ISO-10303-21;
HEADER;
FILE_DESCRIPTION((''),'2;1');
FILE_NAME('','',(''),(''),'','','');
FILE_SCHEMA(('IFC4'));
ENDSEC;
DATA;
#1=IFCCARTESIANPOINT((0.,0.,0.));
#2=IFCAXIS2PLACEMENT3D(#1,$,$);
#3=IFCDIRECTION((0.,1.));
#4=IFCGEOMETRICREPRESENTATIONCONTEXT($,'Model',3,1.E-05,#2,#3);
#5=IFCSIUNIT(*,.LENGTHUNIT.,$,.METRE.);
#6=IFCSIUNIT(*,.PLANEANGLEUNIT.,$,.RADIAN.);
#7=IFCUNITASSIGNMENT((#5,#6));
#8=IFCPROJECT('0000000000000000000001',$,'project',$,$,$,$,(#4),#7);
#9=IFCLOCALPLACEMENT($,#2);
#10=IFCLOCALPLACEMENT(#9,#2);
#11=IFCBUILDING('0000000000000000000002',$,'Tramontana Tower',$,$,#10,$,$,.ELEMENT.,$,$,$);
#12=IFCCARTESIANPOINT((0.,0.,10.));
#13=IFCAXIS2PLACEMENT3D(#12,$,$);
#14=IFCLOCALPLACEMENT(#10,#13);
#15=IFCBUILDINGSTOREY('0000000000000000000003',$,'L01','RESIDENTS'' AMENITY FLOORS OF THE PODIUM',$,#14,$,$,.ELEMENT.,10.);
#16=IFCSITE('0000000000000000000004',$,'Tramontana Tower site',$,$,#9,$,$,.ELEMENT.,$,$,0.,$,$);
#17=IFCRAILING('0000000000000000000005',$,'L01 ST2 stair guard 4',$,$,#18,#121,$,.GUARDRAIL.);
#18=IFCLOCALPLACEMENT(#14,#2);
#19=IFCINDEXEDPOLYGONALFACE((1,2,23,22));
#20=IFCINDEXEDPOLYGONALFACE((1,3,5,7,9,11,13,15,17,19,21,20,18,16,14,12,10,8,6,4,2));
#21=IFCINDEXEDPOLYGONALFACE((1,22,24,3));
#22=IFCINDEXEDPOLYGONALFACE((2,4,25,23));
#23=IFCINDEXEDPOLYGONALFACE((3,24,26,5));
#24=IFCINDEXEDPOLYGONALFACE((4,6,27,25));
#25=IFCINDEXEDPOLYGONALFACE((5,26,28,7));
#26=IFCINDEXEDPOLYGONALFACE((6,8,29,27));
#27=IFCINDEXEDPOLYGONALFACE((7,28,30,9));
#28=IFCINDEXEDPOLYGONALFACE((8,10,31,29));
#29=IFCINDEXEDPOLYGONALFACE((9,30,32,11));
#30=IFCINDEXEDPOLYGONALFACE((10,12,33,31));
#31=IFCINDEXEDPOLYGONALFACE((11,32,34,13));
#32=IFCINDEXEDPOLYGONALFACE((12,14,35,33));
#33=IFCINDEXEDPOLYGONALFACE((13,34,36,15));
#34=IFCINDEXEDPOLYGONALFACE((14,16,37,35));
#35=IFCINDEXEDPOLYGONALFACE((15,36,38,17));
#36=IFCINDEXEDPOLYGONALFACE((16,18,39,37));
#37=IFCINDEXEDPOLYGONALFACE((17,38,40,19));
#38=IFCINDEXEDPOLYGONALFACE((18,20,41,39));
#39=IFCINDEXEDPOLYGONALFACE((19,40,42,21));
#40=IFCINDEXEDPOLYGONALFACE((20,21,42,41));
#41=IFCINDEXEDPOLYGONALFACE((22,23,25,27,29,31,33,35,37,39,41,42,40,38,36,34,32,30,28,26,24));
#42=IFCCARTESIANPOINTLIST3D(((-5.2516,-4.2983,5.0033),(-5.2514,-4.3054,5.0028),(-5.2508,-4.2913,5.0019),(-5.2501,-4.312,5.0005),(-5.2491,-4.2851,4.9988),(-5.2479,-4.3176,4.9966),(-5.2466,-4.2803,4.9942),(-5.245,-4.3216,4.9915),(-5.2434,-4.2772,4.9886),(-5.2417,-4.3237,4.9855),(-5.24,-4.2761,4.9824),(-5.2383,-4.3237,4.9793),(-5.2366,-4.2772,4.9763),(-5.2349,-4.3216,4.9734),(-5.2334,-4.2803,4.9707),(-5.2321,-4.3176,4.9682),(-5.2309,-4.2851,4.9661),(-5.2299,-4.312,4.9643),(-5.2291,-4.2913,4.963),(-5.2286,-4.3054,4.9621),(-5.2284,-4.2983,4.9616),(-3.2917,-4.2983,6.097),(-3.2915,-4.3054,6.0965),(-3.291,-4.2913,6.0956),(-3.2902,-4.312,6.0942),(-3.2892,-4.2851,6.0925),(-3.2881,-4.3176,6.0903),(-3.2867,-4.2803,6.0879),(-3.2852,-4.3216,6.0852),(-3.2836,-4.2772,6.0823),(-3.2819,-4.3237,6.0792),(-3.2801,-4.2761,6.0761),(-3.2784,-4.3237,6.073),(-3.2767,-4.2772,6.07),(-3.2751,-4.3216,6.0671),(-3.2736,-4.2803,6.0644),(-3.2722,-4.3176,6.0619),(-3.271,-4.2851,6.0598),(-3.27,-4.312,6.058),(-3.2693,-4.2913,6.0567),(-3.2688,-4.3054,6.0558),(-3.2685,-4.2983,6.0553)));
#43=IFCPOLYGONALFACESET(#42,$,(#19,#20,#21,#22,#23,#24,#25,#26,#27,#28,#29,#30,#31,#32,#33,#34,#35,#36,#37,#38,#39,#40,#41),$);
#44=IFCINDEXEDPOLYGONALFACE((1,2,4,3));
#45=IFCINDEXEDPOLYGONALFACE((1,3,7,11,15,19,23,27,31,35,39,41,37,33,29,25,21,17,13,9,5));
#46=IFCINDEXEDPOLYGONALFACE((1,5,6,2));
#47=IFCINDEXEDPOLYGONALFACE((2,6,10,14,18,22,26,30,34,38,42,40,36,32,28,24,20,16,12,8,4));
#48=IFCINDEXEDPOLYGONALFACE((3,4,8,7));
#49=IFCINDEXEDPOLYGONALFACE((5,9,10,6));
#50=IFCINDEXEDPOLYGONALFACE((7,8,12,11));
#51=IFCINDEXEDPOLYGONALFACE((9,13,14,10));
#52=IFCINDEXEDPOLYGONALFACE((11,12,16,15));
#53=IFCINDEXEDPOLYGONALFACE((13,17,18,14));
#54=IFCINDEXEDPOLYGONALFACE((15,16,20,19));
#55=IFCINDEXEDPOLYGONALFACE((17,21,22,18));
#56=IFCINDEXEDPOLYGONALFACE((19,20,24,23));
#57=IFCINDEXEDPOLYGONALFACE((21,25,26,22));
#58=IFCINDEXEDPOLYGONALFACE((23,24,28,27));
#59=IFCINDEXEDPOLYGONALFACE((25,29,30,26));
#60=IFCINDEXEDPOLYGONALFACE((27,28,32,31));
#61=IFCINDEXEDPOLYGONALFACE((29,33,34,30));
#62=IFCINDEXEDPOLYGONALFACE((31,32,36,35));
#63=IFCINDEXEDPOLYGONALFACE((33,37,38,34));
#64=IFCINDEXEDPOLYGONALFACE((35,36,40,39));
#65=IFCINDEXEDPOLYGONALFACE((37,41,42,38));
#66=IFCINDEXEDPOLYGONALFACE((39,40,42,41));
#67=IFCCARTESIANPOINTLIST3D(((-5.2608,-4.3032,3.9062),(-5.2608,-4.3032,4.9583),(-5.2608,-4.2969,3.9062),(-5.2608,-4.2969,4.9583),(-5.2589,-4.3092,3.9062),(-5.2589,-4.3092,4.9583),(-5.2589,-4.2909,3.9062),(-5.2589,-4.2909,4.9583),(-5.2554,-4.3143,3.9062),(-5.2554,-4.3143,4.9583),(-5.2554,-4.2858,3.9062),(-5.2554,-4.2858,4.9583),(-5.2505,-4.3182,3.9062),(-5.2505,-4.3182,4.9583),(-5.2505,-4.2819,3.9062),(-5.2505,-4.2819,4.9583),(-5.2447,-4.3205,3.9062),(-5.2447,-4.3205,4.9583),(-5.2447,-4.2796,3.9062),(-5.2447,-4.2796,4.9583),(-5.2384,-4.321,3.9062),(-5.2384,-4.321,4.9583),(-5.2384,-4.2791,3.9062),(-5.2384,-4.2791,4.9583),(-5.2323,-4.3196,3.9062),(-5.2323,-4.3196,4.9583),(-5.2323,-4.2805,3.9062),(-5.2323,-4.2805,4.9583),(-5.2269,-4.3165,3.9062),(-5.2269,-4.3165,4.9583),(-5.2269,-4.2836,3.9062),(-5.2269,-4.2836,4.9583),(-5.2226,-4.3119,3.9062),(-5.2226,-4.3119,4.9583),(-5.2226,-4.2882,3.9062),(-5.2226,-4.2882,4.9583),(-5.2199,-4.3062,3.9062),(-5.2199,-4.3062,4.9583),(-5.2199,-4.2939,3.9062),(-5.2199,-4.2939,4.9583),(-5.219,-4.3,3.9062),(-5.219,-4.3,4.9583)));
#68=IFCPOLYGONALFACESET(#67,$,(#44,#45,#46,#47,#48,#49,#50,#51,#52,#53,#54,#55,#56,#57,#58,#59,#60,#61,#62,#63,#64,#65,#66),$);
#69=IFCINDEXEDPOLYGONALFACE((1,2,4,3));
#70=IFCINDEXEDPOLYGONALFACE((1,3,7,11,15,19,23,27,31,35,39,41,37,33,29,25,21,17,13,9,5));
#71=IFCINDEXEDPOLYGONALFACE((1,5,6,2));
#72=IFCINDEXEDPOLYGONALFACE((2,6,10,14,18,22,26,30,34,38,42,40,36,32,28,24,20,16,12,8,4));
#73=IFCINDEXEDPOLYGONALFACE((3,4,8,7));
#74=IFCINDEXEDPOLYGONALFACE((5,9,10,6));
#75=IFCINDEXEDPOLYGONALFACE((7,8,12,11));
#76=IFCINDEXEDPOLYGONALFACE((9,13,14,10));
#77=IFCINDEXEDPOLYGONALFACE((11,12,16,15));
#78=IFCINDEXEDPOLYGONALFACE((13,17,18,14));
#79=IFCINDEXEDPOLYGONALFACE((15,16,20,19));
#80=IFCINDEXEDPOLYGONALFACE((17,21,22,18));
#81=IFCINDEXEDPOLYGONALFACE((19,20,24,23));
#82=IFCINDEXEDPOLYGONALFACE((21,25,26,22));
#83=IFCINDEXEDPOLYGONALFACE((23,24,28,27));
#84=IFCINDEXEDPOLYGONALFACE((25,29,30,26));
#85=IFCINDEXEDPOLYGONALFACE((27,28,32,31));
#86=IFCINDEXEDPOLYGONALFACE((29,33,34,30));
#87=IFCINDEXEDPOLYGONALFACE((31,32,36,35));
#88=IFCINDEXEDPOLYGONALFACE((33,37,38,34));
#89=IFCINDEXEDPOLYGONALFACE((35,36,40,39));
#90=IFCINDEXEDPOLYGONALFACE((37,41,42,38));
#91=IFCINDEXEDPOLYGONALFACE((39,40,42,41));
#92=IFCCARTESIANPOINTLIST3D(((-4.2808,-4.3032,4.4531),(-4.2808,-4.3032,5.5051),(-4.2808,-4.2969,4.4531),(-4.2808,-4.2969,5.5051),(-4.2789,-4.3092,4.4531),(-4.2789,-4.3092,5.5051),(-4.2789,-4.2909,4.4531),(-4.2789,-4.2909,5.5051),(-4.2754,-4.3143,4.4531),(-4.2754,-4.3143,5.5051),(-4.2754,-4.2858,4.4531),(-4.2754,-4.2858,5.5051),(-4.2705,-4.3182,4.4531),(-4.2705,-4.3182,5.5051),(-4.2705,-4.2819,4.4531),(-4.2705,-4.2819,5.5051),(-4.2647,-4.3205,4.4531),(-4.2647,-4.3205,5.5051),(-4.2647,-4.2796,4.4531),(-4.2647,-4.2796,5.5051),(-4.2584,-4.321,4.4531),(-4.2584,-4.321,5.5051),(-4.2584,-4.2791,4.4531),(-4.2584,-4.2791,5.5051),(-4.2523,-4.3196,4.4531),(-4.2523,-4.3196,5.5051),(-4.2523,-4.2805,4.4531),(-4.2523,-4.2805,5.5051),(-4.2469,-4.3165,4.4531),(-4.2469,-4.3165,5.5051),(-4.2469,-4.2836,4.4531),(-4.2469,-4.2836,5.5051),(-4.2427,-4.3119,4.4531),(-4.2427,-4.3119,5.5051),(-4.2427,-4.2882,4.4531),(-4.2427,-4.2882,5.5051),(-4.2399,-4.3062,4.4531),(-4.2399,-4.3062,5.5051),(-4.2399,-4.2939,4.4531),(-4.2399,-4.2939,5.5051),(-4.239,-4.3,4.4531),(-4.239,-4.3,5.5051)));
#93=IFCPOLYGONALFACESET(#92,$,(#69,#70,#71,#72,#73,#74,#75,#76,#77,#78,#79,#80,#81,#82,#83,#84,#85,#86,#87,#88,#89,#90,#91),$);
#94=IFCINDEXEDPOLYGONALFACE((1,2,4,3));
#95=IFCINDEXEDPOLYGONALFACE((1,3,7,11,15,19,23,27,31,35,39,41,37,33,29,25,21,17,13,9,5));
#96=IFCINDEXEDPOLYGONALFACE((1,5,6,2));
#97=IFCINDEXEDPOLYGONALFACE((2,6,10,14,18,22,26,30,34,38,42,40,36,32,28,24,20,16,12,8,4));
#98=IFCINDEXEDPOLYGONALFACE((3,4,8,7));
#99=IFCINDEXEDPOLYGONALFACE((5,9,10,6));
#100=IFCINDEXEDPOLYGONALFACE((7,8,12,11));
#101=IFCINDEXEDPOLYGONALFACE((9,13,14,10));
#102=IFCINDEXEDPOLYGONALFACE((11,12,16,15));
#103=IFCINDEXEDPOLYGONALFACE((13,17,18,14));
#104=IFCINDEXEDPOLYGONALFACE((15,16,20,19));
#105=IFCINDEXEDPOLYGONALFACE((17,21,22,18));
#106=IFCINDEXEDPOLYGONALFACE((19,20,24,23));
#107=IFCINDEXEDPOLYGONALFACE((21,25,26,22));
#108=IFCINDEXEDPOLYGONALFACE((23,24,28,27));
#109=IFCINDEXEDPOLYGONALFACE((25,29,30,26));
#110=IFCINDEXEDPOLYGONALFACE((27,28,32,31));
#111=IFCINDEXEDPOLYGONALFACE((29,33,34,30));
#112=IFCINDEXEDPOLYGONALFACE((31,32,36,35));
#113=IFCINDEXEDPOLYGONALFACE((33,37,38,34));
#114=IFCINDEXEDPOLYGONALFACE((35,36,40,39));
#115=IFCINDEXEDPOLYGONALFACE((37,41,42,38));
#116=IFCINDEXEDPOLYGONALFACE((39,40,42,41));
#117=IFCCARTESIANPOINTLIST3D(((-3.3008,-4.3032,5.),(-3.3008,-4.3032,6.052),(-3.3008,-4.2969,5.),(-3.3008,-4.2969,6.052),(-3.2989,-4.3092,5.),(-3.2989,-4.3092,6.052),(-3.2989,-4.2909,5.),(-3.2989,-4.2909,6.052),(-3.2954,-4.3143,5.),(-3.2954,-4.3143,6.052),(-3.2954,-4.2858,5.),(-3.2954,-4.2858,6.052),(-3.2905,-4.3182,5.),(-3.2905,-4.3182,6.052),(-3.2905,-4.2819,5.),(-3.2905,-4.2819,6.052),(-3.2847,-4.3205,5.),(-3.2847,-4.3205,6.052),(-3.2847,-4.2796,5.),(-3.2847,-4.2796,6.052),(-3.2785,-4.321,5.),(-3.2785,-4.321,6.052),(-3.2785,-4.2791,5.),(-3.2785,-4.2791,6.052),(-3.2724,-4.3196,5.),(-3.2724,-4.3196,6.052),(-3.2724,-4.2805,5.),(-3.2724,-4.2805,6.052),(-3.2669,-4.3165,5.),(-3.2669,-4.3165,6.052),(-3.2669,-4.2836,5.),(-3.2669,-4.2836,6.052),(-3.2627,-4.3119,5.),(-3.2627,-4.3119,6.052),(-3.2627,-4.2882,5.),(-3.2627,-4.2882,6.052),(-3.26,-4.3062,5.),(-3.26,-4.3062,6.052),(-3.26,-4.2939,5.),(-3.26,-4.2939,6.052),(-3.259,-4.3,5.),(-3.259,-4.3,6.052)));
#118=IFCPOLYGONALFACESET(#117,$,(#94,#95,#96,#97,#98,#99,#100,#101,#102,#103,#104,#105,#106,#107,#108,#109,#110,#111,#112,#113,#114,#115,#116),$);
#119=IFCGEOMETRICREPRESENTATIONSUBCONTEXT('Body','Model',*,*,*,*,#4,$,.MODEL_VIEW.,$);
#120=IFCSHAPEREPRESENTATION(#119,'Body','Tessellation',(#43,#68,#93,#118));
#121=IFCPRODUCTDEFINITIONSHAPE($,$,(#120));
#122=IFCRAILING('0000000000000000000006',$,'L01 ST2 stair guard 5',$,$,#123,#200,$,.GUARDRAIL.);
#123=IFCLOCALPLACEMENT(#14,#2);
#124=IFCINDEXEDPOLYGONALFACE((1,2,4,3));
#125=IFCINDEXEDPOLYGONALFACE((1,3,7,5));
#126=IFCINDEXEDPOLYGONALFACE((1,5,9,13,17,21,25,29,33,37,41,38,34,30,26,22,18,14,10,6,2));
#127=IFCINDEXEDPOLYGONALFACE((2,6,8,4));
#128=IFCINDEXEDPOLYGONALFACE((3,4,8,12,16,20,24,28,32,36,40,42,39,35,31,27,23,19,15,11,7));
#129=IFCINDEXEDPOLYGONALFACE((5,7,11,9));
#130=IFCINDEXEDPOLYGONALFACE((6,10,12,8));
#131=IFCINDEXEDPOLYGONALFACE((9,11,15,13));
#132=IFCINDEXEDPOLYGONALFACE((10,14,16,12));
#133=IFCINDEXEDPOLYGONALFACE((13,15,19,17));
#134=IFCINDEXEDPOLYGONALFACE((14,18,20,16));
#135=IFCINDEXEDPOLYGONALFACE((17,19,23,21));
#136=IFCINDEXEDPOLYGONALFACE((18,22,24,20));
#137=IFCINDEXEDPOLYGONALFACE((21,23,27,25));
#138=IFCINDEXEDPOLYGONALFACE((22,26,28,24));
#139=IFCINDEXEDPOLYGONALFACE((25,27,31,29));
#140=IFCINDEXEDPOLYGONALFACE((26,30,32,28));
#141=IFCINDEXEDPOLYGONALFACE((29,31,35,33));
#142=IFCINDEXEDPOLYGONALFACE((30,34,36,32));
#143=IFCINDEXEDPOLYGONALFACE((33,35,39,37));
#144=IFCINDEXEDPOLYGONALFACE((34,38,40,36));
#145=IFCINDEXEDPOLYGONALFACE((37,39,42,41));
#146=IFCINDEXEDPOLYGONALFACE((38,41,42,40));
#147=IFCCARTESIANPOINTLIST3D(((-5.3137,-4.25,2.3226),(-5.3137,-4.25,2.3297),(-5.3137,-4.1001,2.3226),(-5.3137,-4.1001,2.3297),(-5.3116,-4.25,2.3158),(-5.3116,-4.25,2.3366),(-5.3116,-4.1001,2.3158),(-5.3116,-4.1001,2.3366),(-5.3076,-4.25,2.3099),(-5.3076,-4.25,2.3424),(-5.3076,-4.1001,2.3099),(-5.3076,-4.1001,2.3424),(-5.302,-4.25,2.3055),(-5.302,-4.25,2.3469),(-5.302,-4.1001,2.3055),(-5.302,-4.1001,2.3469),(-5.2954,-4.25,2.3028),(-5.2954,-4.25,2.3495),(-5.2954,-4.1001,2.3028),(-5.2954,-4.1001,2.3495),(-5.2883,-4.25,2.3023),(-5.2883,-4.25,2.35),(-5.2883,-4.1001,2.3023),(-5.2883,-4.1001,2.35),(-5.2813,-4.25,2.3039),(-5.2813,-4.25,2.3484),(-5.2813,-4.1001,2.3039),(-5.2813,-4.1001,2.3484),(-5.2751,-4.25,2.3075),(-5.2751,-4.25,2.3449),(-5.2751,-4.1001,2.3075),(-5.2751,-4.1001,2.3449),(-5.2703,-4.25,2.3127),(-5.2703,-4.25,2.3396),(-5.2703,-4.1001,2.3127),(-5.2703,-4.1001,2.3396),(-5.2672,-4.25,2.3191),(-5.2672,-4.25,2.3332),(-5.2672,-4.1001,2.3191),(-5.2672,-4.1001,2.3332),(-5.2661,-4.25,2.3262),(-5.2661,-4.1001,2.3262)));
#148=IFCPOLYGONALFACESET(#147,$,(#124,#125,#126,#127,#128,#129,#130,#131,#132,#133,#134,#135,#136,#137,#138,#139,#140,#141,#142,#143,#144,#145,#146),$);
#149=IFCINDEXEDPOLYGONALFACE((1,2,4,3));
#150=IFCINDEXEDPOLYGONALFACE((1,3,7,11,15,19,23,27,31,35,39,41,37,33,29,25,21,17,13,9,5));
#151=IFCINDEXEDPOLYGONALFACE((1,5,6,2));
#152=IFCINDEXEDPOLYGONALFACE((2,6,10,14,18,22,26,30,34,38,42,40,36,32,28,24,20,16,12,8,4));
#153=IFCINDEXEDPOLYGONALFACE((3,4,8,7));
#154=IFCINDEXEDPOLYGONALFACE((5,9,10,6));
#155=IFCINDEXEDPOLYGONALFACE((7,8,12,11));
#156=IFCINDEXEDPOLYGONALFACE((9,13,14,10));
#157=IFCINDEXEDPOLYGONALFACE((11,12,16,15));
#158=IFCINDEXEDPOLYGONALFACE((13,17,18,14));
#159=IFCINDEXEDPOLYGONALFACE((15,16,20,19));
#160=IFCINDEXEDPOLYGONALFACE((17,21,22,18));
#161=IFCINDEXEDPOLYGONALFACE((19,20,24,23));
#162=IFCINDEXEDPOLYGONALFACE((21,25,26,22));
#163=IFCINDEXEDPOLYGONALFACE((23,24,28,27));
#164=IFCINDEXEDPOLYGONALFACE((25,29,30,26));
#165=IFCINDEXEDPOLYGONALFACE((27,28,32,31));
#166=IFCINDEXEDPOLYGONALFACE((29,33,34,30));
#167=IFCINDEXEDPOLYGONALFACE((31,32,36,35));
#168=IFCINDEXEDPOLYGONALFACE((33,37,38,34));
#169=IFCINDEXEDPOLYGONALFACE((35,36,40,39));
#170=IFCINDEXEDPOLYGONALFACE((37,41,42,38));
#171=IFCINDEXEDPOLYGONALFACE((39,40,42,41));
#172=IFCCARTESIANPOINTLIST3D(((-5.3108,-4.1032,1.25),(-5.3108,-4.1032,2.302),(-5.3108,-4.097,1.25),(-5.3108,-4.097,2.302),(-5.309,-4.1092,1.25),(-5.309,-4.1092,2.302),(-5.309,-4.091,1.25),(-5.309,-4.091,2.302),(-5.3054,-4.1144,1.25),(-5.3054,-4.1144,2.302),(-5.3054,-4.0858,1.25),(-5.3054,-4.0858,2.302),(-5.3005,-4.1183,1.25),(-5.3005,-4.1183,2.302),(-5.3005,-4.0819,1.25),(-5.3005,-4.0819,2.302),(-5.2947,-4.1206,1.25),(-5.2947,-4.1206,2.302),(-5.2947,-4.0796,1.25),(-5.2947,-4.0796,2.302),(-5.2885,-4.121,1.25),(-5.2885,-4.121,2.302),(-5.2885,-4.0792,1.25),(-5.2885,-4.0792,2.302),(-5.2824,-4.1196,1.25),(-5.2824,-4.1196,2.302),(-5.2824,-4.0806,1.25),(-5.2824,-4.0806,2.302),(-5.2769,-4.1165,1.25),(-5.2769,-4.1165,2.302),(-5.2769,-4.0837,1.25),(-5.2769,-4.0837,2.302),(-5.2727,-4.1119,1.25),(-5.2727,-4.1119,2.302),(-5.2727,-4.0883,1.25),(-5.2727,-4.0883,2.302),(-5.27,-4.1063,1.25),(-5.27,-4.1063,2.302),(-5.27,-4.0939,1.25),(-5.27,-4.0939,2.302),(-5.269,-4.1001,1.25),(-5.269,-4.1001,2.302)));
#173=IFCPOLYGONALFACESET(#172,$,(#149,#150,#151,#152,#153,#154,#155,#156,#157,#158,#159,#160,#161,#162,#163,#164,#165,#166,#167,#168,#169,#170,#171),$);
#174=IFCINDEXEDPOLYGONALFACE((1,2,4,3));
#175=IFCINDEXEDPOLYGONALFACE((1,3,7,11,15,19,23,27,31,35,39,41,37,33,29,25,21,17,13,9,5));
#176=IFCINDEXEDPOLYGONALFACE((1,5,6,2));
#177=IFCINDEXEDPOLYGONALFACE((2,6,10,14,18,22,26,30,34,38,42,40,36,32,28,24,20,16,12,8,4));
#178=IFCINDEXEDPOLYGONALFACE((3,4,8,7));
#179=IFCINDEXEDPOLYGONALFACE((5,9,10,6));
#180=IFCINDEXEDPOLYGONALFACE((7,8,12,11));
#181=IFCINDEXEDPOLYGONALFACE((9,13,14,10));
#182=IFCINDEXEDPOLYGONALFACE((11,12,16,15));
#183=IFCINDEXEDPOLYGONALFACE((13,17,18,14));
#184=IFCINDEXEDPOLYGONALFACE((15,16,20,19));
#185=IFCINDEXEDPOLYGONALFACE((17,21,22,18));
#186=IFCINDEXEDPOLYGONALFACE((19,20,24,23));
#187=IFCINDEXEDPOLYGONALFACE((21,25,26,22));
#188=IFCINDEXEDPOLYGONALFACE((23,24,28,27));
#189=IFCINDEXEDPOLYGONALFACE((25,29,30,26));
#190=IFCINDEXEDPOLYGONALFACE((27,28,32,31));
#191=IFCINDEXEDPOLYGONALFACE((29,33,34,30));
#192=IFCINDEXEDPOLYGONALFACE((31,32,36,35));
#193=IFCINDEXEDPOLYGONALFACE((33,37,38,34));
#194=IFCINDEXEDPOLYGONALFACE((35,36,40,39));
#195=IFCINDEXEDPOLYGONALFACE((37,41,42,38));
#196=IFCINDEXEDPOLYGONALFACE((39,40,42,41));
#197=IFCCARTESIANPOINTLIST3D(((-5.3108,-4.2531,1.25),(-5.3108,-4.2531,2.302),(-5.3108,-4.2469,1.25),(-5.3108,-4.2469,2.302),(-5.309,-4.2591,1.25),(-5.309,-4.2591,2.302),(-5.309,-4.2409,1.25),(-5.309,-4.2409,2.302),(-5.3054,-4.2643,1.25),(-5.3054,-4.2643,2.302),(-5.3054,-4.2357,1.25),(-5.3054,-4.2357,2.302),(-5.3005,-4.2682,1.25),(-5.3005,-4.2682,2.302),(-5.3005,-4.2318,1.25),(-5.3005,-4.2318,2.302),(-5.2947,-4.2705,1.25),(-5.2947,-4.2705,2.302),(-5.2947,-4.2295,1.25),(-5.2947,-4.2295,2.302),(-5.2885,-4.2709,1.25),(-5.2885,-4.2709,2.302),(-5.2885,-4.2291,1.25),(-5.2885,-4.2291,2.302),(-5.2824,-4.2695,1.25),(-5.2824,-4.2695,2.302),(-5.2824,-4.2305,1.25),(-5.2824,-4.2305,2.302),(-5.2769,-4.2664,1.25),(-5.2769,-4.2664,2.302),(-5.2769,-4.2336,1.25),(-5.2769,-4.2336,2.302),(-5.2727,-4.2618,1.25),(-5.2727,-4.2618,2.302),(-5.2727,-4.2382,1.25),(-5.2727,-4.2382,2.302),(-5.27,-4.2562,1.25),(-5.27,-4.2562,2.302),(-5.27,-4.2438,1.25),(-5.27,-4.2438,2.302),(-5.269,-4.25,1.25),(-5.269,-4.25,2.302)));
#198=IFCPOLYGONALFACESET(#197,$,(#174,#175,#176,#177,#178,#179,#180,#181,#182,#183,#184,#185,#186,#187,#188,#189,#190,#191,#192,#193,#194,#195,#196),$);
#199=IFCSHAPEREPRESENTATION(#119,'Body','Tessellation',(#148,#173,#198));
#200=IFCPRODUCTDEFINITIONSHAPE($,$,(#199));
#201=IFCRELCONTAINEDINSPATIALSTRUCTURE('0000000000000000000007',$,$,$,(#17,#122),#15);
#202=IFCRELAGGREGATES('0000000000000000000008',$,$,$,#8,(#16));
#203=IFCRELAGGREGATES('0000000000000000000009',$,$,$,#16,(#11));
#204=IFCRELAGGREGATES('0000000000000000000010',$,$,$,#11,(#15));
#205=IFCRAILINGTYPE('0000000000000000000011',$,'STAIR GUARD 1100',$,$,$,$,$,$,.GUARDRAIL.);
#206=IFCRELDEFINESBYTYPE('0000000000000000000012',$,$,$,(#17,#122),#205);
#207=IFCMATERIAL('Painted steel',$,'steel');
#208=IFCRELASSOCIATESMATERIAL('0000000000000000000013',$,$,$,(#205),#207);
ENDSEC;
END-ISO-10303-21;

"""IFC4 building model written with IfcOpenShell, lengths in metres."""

from ifc_helpers import new_model, si_unit, direction, frame, origin, origin_2d, place, context, subcontext, project, spatial, circle, extrude, material, type_object, element, save


model = new_model("IFC4")

# Units and contexts
model_context = context("Model", 3, precision=1e-05, world=origin(), true_north=direction((0.0, 1.0)))
body_context = subcontext(model_context, "Body", "Model", "MODEL_VIEW")
ifc_project = project(units=[si_unit("LENGTHUNIT", "METRE"), si_unit("PLANEANGLEUNIT", "RADIAN")], contexts=[model_context])

# Site, building, storey
site_placement = place(None, origin())
site = spatial("IfcSite", under=ifc_project, at=site_placement, Name="Tramontana Tower site", CompositionType="ELEMENT", RefElevation=0.0)
building_placement = place(site_placement, origin())
building = spatial("IfcBuilding", under=site, at=building_placement, Name="Tramontana Tower", CompositionType="ELEMENT")
storey_placement = place(building_placement, frame((0.0, 0.0, 10.0)))
storey = spatial("IfcBuildingStorey", under=building, at=storey_placement, Name="L01", Description="RESIDENTS' AMENITY FLOORS OF THE PODIUM", CompositionType="ELEMENT", Elevation=10.0)

# Railings
ifc_material_1 = material(Name="Painted steel", Category="steel")
railing_type_1 = type_object("IfcRailingType", Name="STAIR GUARD 1100", PredefinedType="GUARDRAIL", material=ifc_material_1)
railing_1_placement = place(storey_placement, frame((-5.24, -4.3, 3.9062)))
element("IfcRailing", 1, at=railing_1_placement, inside=storey, type_object=railing_type_1, Name="L01 ST2 stair guard 4", PredefinedType="GUARDRAIL", context=body_context, shape_type="SweptSolid", body=[
    extrude(circle(Radius=0.0239, at=origin_2d()), frame((0.0, 0.0, 1.0762), z_axis=(0.873232, 0.0, 0.487304), x_axis=(0.0, 1.0, 0.0)), (0.0, 0.0, 1.0), 2.2444),
    extrude(circle(Radius=0.021, at=origin_2d()), origin(), (0.0, 0.0, 1.0), 1.052),
    extrude(circle(Radius=0.021, at=origin_2d()), frame((0.98, 0.0, 0.5469)), (0.0, 0.0, 1.0), 1.052),
    extrude(circle(Radius=0.021, at=origin_2d()), frame((1.96, 0.0, 1.0938)), (0.0, 0.0, 1.0), 1.052),
])
for number, where, name in (
    (2, (-5.29, -4.1001, 1.25), "L01 ST2 stair guard 5"),
):
    element("IfcRailing", number, at=place(storey_placement, frame(where)), inside=storey, type_object=railing_type_1, Name=name, PredefinedType="GUARDRAIL", context=body_context, shape_type="SweptSolid", body=[
        extrude(circle(Radius=0.0239, at=origin_2d()), frame((0.0, 0.0, 1.0762), z_axis=(0.0, -1.0, 0.0), x_axis=(1.0, 0.0, 0.0)), (0.0, 0.0, 1.0), 0.1499),
        extrude(circle(Radius=0.021, at=origin_2d()), origin(), (0.0, 0.0, 1.0), 1.052),
        extrude(circle(Radius=0.021, at=origin_2d()), frame((0.0, -0.1499, 0.0)), (0.0, 0.0, 1.0), 1.052),
    ])

save(model, "model.ifc")
